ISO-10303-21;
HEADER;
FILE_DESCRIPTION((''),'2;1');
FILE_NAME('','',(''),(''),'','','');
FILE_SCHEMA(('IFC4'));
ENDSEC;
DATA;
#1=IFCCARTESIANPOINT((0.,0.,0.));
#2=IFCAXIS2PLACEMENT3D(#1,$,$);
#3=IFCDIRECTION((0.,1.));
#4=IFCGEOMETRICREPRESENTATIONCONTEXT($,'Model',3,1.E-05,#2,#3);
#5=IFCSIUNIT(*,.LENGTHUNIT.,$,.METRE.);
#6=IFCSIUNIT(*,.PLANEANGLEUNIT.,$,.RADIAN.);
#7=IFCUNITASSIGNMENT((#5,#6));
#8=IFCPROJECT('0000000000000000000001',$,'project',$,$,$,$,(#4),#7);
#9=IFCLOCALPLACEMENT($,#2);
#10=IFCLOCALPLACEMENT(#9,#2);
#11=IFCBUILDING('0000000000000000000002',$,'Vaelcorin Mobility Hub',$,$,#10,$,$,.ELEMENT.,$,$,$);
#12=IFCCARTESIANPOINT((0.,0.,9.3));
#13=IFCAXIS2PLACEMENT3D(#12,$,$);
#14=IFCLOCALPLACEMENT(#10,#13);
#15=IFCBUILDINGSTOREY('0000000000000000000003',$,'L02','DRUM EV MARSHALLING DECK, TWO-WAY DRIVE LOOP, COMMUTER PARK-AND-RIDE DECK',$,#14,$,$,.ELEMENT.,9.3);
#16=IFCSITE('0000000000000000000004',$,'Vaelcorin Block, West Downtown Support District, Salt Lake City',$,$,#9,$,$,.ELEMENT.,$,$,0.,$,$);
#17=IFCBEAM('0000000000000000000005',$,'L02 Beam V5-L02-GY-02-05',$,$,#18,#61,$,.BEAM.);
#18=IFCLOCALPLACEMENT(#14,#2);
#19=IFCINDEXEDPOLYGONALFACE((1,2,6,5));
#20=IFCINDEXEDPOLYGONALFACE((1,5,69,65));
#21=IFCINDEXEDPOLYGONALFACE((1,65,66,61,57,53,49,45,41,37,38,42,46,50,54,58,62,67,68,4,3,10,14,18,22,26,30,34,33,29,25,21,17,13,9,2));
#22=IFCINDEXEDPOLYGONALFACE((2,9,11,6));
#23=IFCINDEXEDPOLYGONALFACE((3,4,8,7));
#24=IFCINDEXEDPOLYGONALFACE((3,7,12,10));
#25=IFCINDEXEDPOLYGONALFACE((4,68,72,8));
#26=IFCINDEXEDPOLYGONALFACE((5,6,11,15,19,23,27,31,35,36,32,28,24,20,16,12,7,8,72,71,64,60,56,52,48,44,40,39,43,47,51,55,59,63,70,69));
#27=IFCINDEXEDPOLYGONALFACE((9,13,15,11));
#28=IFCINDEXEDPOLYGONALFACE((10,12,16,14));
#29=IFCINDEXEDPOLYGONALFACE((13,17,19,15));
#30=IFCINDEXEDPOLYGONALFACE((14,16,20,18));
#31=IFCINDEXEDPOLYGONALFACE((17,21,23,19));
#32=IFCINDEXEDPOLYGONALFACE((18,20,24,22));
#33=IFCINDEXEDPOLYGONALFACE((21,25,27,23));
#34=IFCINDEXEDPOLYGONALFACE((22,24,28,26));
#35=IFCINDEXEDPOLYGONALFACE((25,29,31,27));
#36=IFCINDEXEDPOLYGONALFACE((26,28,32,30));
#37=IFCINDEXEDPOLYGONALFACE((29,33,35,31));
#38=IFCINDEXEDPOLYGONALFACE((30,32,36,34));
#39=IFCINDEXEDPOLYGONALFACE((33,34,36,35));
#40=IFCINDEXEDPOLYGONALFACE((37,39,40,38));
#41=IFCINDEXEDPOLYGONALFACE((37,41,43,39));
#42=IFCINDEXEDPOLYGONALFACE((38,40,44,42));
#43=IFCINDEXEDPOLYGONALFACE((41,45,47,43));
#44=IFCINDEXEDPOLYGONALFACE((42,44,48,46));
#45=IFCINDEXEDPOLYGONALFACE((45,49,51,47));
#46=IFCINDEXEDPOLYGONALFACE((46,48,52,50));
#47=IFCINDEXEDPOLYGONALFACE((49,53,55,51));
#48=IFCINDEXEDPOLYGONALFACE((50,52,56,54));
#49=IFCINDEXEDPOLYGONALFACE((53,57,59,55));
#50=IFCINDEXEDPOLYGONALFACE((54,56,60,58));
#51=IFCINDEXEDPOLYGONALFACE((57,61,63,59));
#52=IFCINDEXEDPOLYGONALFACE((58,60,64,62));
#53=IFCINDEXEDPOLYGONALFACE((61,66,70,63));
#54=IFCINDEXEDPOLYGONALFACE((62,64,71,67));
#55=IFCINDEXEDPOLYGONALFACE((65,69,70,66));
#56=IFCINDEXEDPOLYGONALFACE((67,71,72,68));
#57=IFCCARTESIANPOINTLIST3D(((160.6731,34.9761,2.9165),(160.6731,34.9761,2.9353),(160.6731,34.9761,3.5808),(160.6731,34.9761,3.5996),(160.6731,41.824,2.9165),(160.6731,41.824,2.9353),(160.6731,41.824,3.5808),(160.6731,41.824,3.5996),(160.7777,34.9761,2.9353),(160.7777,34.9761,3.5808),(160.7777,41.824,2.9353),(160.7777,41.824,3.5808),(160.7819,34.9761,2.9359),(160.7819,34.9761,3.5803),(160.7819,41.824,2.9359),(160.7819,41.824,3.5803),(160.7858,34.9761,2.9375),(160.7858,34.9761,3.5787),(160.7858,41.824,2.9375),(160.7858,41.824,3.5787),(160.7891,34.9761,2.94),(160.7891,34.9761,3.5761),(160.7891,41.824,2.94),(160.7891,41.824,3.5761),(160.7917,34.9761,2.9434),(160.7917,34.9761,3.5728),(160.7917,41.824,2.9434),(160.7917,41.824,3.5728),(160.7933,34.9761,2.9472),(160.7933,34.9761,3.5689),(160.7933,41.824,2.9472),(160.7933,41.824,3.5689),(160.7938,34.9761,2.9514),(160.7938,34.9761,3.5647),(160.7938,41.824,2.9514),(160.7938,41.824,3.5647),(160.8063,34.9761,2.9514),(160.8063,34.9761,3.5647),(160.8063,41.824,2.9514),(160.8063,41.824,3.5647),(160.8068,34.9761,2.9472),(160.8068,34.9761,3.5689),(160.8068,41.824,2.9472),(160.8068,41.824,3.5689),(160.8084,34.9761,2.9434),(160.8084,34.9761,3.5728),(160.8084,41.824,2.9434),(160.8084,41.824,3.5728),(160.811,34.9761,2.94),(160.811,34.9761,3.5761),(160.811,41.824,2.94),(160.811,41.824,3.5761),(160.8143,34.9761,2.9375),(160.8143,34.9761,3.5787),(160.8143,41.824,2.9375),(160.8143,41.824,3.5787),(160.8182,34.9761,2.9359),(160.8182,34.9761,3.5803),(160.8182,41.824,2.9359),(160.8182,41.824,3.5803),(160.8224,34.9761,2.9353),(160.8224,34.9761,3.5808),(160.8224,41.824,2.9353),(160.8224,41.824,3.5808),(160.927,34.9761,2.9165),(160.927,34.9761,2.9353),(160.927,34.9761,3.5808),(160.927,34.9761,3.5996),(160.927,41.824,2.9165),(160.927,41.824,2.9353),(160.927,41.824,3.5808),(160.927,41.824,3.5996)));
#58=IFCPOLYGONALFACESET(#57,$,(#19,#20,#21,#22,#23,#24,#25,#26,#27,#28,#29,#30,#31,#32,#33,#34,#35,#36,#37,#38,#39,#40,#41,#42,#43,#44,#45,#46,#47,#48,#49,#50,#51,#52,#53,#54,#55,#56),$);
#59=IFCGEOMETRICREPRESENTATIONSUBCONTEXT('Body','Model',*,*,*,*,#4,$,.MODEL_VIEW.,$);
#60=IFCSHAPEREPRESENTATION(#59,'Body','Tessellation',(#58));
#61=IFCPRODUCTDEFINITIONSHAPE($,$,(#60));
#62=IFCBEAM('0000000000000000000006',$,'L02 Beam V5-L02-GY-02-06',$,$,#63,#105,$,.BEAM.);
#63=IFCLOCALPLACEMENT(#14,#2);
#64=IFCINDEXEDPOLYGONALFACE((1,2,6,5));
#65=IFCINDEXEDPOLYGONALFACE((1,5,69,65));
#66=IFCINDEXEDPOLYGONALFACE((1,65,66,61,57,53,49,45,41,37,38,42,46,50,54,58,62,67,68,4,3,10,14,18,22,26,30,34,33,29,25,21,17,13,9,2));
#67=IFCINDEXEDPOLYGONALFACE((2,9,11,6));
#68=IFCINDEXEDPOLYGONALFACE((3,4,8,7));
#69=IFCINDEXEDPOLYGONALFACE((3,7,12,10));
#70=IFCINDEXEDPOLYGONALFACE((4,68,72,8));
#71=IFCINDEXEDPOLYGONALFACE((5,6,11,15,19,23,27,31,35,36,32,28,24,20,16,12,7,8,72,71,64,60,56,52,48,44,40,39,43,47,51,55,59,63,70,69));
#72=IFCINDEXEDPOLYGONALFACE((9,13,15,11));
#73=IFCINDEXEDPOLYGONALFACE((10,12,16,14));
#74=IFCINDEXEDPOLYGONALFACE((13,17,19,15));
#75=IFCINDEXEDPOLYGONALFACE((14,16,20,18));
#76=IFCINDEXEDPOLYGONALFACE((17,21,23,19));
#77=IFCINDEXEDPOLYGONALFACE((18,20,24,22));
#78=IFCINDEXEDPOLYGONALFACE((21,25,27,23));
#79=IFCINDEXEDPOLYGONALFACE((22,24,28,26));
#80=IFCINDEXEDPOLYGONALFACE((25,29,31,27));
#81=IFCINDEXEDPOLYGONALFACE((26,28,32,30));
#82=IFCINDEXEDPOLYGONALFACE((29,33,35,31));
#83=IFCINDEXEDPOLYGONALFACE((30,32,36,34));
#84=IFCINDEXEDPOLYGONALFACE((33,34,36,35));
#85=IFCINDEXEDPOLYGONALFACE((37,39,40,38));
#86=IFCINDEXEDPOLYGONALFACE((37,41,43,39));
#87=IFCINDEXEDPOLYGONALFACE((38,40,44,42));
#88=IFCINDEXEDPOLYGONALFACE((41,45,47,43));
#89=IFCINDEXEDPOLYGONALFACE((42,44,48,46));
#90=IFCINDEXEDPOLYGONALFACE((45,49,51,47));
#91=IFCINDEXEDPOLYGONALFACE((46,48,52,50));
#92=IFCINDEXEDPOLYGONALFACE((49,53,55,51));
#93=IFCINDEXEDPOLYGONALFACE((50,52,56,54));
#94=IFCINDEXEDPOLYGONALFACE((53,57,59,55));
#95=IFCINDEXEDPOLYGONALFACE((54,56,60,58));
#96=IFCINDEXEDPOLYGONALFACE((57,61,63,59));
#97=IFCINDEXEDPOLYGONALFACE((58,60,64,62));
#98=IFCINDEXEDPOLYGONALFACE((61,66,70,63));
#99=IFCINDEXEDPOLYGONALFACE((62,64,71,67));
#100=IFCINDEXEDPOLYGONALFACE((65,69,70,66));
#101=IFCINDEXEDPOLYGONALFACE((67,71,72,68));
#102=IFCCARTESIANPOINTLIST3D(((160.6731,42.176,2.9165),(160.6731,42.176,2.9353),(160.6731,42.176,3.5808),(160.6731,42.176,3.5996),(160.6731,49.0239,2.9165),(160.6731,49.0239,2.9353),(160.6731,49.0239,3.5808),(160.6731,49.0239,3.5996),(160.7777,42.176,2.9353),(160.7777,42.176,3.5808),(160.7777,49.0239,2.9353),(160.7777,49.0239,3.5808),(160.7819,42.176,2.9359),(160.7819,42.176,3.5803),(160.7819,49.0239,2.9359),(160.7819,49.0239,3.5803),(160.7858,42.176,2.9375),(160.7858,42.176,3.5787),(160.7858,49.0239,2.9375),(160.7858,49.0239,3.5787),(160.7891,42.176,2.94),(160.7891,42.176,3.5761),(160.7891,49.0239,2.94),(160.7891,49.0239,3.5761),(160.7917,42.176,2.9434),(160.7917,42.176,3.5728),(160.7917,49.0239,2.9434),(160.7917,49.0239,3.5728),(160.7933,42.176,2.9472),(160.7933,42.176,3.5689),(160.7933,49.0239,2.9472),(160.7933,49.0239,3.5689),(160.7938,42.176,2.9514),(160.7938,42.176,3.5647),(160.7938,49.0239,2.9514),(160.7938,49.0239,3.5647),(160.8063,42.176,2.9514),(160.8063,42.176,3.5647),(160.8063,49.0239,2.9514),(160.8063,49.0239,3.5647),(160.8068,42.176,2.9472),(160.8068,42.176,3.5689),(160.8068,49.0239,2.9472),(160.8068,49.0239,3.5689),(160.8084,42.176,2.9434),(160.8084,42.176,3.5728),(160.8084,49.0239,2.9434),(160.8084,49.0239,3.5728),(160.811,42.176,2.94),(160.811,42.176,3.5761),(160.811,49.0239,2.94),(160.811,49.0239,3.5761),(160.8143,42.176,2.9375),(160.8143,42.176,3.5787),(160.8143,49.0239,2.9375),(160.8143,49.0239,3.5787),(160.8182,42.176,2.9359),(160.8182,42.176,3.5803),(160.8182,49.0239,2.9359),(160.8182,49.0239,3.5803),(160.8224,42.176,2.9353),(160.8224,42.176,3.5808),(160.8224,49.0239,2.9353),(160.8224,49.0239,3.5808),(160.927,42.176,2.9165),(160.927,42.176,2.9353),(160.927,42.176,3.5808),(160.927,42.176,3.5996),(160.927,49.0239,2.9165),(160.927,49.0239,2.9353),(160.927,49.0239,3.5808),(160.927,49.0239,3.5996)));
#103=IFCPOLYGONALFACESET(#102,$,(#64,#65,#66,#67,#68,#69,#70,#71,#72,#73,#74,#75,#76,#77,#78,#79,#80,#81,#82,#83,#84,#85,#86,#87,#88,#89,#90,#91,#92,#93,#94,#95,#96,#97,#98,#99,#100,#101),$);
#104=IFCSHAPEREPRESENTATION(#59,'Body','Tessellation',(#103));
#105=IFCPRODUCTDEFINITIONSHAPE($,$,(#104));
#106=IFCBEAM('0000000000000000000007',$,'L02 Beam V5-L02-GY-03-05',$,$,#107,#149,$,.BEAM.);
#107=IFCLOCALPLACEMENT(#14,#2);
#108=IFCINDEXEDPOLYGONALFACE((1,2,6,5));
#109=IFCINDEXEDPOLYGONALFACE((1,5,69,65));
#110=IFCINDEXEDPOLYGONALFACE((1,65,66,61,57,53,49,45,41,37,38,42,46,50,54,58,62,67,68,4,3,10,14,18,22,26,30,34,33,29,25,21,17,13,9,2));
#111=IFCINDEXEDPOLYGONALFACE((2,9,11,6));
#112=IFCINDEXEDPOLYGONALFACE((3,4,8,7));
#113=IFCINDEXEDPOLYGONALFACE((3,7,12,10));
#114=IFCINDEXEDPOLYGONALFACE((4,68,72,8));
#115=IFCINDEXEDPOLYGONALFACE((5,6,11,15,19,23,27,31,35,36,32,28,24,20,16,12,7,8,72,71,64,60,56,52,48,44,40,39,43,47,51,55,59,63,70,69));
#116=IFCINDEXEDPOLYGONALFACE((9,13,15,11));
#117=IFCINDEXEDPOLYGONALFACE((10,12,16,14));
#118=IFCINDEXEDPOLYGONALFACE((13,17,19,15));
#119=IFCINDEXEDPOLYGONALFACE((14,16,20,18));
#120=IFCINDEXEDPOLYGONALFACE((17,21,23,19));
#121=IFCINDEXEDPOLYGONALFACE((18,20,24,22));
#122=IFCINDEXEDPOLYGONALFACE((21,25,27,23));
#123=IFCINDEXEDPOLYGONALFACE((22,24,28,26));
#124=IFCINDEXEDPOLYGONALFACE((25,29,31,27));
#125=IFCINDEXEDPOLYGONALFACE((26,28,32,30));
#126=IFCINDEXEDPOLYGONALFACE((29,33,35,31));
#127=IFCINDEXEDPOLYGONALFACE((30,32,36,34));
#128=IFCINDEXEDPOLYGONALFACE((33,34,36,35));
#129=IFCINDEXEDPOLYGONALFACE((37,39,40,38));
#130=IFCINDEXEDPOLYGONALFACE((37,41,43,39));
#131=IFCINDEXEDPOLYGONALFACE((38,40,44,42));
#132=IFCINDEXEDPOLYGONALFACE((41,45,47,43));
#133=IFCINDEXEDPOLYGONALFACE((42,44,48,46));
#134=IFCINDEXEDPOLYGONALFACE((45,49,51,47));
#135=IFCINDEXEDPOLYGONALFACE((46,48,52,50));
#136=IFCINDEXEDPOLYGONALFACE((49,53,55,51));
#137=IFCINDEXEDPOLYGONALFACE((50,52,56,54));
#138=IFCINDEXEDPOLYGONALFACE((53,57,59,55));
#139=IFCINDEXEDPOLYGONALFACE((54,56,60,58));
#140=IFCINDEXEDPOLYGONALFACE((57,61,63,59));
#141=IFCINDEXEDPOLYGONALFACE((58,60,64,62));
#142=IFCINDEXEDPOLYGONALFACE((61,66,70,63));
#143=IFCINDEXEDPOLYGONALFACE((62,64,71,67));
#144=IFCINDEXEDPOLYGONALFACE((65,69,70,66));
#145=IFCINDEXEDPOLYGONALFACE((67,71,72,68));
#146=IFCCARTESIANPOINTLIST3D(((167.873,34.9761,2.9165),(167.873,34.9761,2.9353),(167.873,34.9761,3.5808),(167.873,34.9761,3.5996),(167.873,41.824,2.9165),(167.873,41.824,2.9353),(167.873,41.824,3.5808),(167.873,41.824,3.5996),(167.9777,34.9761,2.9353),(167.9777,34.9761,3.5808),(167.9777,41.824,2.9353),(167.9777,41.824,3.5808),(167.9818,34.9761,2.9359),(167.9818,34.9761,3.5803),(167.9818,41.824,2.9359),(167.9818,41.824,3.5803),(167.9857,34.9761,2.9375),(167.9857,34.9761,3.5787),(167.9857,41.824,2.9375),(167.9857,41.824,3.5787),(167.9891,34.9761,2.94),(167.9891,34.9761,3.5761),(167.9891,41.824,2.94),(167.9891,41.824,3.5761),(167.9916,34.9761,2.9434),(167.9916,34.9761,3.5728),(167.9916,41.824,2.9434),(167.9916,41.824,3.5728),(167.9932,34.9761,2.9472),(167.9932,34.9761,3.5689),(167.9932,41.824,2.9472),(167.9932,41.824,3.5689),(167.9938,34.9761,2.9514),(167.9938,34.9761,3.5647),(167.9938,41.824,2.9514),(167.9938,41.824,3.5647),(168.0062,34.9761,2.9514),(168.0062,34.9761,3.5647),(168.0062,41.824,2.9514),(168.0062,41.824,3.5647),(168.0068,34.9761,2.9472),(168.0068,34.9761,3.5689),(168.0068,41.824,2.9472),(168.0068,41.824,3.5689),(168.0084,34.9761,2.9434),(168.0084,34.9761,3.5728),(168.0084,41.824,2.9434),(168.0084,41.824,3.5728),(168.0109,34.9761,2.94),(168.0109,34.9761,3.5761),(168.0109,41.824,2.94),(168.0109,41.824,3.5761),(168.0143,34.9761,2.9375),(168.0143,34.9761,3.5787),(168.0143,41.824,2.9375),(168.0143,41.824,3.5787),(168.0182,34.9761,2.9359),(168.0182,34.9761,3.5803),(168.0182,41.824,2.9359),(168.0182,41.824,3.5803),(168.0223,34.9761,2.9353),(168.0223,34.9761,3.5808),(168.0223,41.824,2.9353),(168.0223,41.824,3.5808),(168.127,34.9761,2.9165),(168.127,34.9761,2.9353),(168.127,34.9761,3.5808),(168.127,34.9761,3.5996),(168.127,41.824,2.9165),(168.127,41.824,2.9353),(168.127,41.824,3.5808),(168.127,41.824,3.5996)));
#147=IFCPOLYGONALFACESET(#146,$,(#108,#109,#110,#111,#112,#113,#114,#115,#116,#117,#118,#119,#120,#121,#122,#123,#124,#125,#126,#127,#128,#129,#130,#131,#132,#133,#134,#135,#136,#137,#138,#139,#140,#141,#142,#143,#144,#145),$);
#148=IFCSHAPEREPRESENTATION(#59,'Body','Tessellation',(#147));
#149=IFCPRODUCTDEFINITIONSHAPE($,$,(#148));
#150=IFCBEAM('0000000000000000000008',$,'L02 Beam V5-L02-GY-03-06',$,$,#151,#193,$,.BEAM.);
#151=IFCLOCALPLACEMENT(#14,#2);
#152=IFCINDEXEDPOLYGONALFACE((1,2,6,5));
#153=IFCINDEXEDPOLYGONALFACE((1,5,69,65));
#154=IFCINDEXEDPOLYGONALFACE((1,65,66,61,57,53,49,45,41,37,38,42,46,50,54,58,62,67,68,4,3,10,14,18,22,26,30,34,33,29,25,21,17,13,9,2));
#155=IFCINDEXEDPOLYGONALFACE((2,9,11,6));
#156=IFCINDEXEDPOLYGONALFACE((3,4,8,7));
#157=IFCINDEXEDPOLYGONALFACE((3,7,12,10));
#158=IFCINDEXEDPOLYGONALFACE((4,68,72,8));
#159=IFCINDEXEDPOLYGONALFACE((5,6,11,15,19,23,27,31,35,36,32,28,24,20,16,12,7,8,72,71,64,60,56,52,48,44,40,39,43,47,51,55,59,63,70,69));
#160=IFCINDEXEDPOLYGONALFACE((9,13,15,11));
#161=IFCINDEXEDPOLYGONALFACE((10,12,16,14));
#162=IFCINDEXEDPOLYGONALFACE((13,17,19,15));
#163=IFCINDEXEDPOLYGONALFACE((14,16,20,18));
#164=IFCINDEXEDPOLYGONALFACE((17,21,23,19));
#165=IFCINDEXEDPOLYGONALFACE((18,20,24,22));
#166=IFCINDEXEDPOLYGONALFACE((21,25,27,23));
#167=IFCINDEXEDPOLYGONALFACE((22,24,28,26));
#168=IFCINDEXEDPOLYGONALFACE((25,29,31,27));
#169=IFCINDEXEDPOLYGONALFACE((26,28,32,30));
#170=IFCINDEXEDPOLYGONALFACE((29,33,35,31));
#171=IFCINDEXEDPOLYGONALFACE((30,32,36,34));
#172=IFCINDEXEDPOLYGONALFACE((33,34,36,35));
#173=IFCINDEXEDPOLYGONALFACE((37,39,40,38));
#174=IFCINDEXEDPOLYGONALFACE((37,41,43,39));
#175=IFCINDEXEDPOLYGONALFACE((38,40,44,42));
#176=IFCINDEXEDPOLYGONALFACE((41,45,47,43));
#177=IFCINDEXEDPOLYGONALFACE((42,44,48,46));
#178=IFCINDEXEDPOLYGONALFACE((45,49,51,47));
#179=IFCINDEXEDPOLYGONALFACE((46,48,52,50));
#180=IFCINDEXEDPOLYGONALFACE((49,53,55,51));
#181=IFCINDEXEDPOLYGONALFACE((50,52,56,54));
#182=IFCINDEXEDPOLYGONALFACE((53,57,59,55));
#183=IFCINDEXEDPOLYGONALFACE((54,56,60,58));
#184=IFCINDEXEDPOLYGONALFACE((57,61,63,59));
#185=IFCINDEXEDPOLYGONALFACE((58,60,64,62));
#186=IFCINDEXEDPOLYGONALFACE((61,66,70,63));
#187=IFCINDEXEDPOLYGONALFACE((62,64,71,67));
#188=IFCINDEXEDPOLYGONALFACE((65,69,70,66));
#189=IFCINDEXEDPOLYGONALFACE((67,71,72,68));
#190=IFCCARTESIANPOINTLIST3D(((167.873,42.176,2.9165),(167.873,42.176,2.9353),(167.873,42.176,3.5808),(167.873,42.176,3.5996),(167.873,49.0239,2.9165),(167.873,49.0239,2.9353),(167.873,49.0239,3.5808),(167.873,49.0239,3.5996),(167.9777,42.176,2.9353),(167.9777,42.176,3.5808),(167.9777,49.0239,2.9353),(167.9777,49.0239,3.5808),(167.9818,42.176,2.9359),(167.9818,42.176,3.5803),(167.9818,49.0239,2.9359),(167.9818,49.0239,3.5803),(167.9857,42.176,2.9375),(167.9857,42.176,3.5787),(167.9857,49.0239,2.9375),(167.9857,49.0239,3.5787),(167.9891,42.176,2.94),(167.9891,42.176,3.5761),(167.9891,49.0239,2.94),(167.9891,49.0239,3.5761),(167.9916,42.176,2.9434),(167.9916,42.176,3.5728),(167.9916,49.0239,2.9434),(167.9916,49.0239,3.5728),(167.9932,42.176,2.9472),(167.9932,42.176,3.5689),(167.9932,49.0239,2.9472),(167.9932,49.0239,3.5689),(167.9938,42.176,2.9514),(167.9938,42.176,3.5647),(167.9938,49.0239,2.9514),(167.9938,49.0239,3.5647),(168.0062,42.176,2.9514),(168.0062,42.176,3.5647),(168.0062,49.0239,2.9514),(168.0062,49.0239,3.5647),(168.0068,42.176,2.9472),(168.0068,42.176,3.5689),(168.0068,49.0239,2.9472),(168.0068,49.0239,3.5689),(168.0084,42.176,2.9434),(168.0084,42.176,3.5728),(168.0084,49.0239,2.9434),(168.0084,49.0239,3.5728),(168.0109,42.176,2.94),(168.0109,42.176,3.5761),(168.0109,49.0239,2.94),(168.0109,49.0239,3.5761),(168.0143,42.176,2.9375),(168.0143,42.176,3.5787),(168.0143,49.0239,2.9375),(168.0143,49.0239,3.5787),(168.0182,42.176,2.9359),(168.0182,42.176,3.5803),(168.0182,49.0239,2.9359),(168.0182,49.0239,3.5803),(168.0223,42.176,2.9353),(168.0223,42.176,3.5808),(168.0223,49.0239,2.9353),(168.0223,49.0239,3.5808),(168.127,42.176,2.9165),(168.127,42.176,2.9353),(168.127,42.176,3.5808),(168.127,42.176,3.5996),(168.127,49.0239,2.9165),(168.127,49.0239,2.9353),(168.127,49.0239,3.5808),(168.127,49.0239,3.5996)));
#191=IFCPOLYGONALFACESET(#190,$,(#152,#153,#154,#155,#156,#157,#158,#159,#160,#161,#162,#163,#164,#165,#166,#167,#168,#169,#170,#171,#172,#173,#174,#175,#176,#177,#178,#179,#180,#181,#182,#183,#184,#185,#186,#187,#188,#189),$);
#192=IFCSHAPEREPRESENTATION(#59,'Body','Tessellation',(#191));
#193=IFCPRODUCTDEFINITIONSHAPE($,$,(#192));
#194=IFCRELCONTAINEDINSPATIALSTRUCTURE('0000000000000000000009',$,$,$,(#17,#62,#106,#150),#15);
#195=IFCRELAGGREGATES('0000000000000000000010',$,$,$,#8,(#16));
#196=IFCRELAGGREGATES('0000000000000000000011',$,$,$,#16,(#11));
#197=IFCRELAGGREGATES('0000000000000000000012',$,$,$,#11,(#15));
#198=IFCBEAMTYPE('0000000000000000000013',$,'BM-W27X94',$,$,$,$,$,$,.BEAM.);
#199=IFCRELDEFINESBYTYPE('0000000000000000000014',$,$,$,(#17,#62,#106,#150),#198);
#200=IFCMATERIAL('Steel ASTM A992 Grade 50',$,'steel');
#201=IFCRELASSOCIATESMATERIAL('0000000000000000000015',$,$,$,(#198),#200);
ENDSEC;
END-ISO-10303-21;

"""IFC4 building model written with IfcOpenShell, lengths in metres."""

from ifc_helpers import new_model, si_unit, direction, frame, origin, origin_2d, place, context, subcontext, project, spatial, i_section, extrude, material, material_profile, profile_set, type_object, element, save


model = new_model("IFC4")

# Units and contexts
model_context = context("Model", 3, precision=1e-05, world=origin(), true_north=direction((0.0, 1.0)))
body_context = subcontext(model_context, "Body", "Model", "MODEL_VIEW")
ifc_project = project(units=[si_unit("LENGTHUNIT", "METRE"), si_unit("PLANEANGLEUNIT", "RADIAN")], contexts=[model_context])

# Site, building, storey
site_placement = place(None, origin())
site = spatial("IfcSite", under=ifc_project, at=site_placement, Name="Vaelcorin Block, West Downtown Support District, Salt Lake City", CompositionType="ELEMENT", RefElevation=0.0)
building_placement = place(site_placement, origin())
building = spatial("IfcBuilding", under=site, at=building_placement, Name="Vaelcorin Mobility Hub", CompositionType="ELEMENT")
storey_placement = place(building_placement, frame((0.0, 0.0, 9.3)))
storey = spatial("IfcBuildingStorey", under=building, at=storey_placement, Name="L02", Description="DRUM EV MARSHALLING DECK, TWO-WAY DRIVE LOOP, COMMUTER PARK-AND-RIDE DECK", CompositionType="ELEMENT", Elevation=9.3)

# Shared definitions
ifc_material_1 = material(Name="Steel ASTM A992 Grade 50", Category="steel")

# Beams
ifc_material_profile_1 = material_profile(ifc_material_1, i_section(OverallWidth=0.2539, OverallDepth=0.6831, WebThickness=0.0125, FlangeThickness=0.0188, FilletRadius=0.0161, at=origin_2d()), Name="W27X94")
ifc_profile_set_1 = profile_set([ifc_material_profile_1], Name="Steel ASTM A992 Grade 50")
beam_type_1 = type_object("IfcBeamType", Name="BM-W27X94", PredefinedType="BEAM", material=ifc_profile_set_1)
for number, where, z_axis, x_axis, name in (
    (1, (160.8, 34.9761, 3.2581), (0.0, 1.0, 0.0), (-1.0, 0.0, 0.0), "L02 Beam V5-L02-GY-02-05"),
    (2, (160.8, 42.176, 3.2581), (0.0, 1.0, 0.0), (-1.0, 0.0, 0.0), "L02 Beam V5-L02-GY-02-06"),
    (3, (168.0, 34.9761, 3.2581), (0.0, 1.0, 0.0), (-1.0, 0.0, 0.0), "L02 Beam V5-L02-GY-03-05"),
    (4, (168.0, 42.176, 3.2581), (0.0, 1.0, 0.0), (-1.0, 0.0, 0.0), "L02 Beam V5-L02-GY-03-06"),
):
    element("IfcBeam", number, at=place(storey_placement, frame(where, z_axis=z_axis, x_axis=x_axis)), inside=storey, type_object=beam_type_1, Name=name, PredefinedType="BEAM", context=body_context, shape_type="SweptSolid", body=[
        extrude(i_section(OverallWidth=0.2539, OverallDepth=0.6831, WebThickness=0.0125, FlangeThickness=0.0188, FilletRadius=0.0161, at=origin_2d()), origin(), (0.0, 0.0, 1.0), 6.8479),
    ])

save(model, "model.ifc")
